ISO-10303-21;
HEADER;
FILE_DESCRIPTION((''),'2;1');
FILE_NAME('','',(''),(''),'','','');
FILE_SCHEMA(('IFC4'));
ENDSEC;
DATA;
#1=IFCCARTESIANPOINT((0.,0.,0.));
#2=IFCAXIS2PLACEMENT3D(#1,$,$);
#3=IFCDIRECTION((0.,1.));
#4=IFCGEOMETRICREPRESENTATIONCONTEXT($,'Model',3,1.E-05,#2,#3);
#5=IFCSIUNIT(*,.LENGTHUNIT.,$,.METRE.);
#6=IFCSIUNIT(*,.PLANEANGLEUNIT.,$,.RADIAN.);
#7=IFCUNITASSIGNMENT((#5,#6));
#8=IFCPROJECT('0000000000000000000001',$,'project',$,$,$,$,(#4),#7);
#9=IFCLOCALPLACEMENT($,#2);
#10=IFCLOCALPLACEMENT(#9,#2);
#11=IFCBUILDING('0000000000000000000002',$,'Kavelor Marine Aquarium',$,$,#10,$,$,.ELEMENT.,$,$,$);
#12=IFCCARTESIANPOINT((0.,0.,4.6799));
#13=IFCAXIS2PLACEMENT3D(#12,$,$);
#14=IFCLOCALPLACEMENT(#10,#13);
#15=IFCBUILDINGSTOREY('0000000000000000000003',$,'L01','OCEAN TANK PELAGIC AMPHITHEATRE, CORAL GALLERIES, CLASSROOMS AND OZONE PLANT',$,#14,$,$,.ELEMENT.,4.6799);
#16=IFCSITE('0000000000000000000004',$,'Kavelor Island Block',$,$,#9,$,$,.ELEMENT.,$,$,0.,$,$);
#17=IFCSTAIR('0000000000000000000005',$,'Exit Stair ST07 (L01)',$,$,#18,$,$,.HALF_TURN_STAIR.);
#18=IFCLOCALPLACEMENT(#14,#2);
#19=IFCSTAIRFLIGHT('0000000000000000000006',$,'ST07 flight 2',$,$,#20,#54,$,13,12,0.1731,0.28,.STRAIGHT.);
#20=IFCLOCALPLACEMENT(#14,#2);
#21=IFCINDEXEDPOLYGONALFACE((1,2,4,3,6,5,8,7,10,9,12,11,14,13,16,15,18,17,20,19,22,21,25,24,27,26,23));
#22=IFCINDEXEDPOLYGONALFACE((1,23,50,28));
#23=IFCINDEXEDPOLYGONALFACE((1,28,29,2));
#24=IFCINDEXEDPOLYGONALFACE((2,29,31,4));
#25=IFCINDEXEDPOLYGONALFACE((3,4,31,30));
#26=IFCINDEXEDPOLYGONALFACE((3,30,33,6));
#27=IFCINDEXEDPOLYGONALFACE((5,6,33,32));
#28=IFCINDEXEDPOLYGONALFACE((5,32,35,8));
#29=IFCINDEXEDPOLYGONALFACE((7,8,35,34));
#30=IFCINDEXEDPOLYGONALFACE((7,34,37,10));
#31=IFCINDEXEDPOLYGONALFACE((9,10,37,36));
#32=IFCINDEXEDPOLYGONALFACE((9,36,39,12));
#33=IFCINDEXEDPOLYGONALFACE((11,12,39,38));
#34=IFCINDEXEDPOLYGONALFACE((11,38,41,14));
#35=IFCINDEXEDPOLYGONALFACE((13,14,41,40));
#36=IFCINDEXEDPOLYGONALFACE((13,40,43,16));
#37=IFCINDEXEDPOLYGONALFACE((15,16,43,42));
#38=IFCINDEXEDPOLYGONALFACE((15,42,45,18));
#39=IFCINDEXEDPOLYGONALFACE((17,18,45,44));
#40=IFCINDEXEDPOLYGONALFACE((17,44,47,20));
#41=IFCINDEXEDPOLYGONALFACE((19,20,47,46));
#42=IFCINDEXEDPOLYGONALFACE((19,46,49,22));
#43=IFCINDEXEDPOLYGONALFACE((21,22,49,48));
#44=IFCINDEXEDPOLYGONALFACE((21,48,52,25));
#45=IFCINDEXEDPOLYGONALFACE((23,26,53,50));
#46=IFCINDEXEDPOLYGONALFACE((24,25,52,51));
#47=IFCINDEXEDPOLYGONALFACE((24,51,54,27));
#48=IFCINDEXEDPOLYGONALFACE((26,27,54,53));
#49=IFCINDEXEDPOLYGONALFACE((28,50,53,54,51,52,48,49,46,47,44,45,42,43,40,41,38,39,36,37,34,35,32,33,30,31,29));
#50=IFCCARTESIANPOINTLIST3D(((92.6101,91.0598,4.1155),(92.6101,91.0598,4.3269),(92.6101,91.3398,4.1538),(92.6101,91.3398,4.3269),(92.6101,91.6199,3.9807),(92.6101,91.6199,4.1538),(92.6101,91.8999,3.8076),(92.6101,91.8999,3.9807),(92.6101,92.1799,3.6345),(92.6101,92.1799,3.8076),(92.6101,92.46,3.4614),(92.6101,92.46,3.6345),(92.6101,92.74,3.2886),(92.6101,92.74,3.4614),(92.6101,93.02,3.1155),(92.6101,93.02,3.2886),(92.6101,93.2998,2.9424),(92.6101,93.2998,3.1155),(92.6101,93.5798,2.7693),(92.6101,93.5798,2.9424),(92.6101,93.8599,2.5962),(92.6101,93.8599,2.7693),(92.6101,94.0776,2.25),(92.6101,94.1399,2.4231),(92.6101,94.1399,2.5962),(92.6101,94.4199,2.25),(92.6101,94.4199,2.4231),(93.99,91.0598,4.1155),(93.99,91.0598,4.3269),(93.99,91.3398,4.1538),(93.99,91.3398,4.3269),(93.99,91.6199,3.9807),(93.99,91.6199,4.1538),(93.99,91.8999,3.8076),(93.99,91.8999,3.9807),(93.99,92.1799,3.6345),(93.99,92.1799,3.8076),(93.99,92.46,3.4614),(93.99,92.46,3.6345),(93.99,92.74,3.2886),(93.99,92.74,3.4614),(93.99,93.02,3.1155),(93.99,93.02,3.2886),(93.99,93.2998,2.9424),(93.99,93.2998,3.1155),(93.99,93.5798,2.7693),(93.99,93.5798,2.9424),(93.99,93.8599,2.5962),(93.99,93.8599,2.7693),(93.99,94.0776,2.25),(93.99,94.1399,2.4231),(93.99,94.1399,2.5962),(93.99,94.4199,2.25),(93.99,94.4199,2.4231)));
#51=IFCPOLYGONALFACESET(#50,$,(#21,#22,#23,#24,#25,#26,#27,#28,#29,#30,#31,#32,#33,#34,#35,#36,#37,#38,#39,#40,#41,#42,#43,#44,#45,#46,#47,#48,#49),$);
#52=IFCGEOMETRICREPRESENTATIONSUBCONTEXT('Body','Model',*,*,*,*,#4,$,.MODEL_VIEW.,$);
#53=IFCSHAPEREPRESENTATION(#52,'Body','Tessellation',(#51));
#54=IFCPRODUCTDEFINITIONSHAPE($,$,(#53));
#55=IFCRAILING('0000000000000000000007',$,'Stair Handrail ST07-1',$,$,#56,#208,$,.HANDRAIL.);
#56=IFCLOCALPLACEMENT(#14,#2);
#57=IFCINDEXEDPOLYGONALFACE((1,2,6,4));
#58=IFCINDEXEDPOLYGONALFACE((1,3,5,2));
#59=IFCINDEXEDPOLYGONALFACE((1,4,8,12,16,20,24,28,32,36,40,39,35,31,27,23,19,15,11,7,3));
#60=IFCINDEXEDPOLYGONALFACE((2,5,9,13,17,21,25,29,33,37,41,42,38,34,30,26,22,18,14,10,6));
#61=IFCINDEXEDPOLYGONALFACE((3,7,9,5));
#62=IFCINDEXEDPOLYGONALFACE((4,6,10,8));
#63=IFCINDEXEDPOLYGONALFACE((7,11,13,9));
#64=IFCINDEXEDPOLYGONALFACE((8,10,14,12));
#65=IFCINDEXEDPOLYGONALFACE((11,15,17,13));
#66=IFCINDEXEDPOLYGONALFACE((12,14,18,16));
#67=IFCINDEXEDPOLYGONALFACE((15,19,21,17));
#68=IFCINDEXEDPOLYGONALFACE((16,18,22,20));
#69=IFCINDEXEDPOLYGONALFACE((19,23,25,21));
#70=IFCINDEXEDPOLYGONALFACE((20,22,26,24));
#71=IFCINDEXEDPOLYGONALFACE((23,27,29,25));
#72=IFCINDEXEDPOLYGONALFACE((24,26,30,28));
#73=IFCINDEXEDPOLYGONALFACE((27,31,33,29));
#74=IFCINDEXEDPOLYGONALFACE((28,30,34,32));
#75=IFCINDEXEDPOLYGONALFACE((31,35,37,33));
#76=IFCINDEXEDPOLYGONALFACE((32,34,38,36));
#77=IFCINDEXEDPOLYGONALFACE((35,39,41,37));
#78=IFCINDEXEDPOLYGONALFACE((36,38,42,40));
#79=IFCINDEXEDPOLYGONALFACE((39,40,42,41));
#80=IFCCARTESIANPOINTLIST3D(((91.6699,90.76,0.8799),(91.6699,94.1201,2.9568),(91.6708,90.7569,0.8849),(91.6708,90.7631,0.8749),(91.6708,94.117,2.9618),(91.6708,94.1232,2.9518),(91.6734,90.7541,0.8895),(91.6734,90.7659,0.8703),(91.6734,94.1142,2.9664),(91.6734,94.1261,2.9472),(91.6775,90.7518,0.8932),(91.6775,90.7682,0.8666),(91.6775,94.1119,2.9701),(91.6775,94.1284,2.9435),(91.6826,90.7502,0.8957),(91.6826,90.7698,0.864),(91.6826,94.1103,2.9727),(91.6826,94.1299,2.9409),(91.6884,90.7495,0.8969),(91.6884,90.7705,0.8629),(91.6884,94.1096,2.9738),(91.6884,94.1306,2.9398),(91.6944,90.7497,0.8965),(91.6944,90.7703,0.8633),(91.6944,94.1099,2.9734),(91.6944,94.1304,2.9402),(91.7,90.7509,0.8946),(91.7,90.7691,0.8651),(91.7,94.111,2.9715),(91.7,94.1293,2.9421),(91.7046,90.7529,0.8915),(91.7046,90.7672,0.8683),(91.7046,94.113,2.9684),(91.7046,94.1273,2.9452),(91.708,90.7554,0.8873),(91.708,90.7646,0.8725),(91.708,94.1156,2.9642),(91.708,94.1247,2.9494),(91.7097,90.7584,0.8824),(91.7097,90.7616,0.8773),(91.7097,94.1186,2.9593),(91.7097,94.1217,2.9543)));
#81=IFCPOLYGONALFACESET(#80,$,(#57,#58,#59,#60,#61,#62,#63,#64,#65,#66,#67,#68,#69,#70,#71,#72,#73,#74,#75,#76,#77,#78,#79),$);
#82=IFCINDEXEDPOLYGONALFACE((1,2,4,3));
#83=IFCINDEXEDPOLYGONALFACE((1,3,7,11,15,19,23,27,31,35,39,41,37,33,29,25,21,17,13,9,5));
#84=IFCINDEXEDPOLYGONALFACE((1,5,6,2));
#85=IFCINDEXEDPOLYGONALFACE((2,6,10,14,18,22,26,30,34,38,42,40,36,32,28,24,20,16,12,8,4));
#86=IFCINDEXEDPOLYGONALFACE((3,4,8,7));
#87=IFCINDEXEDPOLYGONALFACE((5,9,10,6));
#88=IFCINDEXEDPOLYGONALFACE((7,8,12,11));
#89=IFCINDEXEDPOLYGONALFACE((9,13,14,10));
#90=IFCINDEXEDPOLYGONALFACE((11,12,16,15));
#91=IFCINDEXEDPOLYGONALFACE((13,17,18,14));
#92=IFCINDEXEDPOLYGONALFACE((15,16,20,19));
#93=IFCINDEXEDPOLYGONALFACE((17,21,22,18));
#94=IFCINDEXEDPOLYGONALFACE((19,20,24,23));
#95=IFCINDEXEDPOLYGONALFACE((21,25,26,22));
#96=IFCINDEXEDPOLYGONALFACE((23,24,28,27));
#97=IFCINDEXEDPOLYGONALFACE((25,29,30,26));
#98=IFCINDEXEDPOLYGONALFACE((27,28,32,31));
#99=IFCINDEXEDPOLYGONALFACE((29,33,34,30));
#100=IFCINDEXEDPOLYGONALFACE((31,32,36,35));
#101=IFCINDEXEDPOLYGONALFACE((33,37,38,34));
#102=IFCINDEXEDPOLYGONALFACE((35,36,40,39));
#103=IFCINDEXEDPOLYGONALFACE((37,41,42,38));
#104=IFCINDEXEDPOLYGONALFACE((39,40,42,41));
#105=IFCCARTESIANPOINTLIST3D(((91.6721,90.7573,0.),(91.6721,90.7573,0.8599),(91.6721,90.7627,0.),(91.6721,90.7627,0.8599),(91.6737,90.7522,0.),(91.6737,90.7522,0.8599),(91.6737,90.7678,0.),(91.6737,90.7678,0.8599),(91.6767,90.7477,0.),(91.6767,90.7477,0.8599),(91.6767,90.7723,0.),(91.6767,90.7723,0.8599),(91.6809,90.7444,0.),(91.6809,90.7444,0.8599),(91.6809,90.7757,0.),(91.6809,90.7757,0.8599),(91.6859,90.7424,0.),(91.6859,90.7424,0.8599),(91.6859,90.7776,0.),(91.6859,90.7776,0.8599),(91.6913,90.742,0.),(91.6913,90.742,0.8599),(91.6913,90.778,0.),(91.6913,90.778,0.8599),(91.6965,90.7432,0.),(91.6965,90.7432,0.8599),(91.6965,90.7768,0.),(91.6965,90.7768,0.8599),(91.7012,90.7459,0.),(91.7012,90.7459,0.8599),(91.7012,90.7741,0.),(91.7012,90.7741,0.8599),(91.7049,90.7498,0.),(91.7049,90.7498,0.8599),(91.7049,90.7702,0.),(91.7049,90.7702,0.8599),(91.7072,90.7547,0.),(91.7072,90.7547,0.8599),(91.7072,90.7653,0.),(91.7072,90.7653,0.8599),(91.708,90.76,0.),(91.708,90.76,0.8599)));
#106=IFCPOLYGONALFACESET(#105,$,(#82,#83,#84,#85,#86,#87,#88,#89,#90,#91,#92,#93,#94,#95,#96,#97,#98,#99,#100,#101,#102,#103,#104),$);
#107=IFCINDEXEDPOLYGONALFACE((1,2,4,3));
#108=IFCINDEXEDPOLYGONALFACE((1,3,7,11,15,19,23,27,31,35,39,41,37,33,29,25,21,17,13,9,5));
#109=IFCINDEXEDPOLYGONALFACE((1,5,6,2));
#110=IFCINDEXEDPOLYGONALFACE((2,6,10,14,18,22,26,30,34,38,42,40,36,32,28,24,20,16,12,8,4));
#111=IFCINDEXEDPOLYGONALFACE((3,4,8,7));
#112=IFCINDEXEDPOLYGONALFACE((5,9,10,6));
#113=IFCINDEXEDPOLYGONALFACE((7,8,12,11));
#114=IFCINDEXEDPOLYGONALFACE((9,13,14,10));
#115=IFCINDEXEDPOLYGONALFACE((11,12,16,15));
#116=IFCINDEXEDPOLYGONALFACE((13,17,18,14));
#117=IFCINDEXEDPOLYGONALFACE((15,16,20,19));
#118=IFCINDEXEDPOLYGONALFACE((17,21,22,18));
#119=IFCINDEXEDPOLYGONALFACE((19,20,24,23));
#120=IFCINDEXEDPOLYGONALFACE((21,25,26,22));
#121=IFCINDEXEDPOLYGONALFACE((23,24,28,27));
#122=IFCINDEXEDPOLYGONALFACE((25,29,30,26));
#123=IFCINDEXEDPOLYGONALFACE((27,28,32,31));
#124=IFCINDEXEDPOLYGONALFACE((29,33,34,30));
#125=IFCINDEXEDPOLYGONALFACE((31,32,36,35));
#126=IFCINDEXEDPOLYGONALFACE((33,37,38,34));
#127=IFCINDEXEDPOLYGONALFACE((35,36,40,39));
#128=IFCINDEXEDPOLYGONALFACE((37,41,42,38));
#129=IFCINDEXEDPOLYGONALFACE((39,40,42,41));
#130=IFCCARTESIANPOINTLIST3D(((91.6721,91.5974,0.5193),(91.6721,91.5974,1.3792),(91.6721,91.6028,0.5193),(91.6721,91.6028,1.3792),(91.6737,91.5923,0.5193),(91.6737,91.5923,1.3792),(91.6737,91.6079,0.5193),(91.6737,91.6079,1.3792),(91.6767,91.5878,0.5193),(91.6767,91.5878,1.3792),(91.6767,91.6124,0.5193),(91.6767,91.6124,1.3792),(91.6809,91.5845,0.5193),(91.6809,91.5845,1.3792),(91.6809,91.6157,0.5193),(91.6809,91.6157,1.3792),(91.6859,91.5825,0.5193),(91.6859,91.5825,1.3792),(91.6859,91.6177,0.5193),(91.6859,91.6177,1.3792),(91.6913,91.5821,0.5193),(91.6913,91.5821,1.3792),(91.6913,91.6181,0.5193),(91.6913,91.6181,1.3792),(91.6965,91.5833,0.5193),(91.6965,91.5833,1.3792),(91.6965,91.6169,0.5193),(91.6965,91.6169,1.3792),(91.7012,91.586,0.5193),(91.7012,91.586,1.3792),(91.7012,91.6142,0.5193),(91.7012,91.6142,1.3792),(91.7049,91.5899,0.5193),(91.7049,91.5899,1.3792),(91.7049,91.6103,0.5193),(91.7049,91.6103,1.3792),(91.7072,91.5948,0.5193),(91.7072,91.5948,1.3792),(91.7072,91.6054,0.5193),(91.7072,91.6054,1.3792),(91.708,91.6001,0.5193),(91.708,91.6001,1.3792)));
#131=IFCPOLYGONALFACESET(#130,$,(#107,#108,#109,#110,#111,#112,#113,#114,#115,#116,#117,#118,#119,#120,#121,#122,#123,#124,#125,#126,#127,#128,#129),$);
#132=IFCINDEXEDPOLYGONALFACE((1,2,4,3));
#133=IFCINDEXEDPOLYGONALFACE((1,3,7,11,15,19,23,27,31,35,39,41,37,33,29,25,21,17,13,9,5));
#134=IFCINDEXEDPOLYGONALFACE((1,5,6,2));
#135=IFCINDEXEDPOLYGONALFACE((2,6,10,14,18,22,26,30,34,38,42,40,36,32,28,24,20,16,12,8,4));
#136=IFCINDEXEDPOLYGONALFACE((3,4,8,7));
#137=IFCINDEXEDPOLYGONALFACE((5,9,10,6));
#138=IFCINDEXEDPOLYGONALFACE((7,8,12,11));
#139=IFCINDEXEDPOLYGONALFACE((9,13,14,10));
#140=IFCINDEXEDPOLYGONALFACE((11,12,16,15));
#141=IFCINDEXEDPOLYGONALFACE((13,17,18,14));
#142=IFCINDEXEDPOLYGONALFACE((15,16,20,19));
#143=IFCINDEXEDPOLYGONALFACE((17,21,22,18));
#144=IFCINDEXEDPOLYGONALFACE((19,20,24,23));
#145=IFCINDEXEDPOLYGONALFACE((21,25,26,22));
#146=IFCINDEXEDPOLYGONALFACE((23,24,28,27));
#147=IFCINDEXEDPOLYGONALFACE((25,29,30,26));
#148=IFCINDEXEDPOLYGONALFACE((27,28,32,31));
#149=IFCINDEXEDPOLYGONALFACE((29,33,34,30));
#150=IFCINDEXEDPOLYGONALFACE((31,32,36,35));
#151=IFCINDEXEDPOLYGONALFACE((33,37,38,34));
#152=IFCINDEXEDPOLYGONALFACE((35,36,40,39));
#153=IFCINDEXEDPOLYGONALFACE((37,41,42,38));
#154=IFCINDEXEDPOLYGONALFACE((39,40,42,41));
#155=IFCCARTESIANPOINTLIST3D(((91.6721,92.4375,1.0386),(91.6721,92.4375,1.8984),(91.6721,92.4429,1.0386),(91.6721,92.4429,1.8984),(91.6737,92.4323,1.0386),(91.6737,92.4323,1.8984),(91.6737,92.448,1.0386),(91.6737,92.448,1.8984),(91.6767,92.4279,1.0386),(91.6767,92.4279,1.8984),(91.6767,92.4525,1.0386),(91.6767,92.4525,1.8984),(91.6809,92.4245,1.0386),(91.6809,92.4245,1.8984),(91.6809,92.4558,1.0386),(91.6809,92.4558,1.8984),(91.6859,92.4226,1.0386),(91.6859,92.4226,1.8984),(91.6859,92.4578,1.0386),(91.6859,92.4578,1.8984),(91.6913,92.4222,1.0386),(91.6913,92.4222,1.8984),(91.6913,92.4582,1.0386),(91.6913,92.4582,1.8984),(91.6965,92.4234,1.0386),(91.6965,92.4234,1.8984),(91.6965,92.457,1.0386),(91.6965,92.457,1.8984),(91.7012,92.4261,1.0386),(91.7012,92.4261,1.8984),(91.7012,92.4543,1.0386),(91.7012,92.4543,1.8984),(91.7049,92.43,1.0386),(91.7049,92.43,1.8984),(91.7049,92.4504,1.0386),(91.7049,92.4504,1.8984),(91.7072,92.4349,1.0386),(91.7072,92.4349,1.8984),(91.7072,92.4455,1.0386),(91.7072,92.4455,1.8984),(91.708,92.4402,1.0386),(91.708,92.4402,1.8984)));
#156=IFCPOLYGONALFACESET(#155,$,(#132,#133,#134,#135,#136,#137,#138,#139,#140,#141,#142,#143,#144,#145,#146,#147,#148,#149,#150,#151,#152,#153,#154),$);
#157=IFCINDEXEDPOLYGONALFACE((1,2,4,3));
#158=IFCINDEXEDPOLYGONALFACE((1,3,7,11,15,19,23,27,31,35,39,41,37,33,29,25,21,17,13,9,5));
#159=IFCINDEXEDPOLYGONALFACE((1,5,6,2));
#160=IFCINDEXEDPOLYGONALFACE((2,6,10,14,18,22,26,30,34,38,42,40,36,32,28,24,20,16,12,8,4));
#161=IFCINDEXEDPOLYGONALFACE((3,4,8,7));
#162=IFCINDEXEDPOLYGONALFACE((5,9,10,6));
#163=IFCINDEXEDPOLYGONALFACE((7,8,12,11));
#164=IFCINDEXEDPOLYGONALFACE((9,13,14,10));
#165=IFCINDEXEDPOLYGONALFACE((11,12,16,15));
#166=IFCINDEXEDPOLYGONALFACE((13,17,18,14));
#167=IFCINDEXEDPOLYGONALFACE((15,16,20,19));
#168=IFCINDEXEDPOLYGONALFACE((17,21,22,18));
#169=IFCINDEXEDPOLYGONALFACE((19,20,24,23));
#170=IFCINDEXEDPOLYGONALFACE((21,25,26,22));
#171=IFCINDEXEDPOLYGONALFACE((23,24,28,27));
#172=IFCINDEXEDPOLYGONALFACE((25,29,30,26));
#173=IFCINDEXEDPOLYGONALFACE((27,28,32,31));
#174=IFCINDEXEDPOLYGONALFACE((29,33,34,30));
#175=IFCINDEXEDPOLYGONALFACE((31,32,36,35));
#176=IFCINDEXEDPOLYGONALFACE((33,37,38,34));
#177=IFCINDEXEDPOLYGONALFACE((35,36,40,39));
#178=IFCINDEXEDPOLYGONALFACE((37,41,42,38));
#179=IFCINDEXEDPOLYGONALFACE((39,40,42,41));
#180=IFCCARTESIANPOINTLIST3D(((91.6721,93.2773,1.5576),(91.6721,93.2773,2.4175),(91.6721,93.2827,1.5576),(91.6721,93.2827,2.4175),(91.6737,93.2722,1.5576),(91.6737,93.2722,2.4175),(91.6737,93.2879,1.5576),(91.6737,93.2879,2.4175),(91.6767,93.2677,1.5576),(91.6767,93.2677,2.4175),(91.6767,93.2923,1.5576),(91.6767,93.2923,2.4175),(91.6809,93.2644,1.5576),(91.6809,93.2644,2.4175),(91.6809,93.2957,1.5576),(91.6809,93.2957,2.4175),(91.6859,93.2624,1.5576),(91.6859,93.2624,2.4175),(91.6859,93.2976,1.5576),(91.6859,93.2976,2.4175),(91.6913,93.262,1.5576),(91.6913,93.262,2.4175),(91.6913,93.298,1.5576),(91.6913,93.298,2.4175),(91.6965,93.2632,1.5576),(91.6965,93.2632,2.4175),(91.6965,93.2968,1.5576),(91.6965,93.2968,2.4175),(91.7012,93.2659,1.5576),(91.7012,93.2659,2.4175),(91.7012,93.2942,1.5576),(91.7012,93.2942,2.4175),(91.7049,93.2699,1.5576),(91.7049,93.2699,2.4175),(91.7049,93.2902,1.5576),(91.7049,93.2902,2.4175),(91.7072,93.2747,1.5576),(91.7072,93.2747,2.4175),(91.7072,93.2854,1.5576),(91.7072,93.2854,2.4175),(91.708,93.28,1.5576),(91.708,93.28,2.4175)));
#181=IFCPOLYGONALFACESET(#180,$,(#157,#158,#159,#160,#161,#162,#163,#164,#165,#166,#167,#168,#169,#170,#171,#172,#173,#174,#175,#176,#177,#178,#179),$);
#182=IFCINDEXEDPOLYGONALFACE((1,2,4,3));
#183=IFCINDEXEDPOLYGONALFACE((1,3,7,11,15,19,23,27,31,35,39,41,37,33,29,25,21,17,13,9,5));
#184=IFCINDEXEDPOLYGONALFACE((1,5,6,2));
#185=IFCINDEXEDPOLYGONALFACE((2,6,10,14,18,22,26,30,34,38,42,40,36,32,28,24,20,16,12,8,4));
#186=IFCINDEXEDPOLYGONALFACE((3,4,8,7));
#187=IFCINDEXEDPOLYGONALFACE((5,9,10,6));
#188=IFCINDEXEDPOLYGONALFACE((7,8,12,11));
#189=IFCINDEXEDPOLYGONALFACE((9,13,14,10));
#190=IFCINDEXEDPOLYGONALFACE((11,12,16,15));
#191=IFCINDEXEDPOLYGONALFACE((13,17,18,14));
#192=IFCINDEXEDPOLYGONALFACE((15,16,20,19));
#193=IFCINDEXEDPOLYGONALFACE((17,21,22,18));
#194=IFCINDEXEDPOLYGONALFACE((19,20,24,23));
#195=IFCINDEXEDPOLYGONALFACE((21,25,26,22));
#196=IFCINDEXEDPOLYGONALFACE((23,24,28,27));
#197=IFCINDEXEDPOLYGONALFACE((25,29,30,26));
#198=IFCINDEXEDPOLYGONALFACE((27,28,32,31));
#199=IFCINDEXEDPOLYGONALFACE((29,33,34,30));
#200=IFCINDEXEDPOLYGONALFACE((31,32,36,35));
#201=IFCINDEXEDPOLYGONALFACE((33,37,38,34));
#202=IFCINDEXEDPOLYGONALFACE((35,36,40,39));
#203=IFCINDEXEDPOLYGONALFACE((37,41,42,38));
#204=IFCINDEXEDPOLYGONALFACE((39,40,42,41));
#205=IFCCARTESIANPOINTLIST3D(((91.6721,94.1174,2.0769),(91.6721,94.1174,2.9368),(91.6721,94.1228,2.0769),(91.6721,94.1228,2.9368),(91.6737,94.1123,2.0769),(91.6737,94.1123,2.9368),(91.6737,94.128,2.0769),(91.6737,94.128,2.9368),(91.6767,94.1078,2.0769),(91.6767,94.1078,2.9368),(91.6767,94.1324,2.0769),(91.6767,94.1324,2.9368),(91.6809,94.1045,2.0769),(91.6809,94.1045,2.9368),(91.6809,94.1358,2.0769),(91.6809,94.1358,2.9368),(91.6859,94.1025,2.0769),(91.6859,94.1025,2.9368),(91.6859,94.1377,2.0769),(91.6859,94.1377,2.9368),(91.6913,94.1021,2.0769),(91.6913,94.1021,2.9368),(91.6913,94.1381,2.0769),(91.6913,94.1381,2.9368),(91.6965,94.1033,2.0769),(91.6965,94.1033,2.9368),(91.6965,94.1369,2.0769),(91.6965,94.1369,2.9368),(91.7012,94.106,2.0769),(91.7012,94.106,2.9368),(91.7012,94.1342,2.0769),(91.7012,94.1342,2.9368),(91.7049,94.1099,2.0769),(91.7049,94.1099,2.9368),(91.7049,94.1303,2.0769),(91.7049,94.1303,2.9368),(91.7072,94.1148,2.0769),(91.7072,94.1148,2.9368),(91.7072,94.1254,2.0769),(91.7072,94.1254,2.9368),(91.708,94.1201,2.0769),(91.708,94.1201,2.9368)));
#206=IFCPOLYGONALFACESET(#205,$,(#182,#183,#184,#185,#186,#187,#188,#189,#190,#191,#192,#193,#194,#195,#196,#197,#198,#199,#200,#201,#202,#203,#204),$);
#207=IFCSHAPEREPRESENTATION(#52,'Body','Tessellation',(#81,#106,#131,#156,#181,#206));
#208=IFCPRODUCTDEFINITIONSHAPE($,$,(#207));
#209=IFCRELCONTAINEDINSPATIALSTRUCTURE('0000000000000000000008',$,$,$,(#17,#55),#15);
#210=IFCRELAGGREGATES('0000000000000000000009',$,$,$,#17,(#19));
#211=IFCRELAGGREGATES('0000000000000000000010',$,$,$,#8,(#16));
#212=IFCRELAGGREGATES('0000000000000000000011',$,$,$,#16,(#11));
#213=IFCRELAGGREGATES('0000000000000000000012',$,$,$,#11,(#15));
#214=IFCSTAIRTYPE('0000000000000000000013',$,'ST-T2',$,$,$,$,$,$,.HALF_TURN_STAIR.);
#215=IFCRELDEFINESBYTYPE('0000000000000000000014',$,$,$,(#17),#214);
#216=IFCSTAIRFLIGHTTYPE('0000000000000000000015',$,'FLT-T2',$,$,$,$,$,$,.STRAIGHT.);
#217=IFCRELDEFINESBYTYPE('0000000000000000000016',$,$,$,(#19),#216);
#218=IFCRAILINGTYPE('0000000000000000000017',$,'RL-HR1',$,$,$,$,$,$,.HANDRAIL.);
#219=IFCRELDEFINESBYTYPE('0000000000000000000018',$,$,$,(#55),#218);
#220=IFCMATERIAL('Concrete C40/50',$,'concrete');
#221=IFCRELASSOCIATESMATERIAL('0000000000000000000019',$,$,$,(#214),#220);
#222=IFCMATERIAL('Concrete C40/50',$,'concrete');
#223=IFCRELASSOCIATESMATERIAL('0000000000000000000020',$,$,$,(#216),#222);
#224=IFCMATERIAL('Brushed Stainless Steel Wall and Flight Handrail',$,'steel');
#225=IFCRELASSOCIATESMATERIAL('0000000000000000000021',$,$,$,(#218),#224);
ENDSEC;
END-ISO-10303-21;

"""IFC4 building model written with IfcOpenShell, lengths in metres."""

from ifc_helpers import new_model, si_unit, direction, frame, origin, origin_2d, place, context, subcontext, project, spatial, polyline, circle, outline, extrude, material, type_object, element, aggregate, save


model = new_model("IFC4")

# Units and contexts
model_context = context("Model", 3, precision=1e-05, world=origin(), true_north=direction((0.0, 1.0)))
body_context = subcontext(model_context, "Body", "Model", "MODEL_VIEW")
ifc_project = project(units=[si_unit("LENGTHUNIT", "METRE"), si_unit("PLANEANGLEUNIT", "RADIAN")], contexts=[model_context])

# Site, building, storey
site_placement = place(None, origin())
site = spatial("IfcSite", under=ifc_project, at=site_placement, Name="Kavelor Island Block", CompositionType="ELEMENT", RefElevation=0.0)
building_placement = place(site_placement, origin())
building = spatial("IfcBuilding", under=site, at=building_placement, Name="Kavelor Marine Aquarium", CompositionType="ELEMENT")
storey_placement = place(building_placement, frame((0.0, 0.0, 4.6799)))
storey = spatial("IfcBuildingStorey", under=building, at=storey_placement, Name="L01", Description="OCEAN TANK PELAGIC AMPHITHEATRE, CORAL GALLERIES, CLASSROOMS AND OZONE PLANT", CompositionType="ELEMENT", Elevation=4.6799)

# Stair, stair flight
ifc_material_1 = material(Name="Concrete C40/50", Category="concrete")
stair_type = type_object("IfcStairType", Name="ST-T2", PredefinedType="HALF_TURN_STAIR", material=ifc_material_1)
stair_placement = place(storey_placement, origin())
stair = element("IfcStair", 1, at=stair_placement, inside=storey, type_object=stair_type, Name="Exit Stair ST07 (L01)", PredefinedType="HALF_TURN_STAIR")
ifc_material_2 = material(Name="Concrete C40/50", Category="concrete")
stair_flight_type = type_object("IfcStairFlightType", Name="FLT-T2", PredefinedType="STRAIGHT", material=ifc_material_2)
stair_flight_1_placement = place(storey_placement, frame((93.3, 94.4199, 2.25), z_axis=(0.0, 0.0, 1.0), x_axis=(0.0, -1.0, 0.0)))
stair_flight_1 = element("IfcStairFlight", 2, at=stair_flight_1_placement, type_object=stair_flight_type, Name="ST07 flight 2", NumberOfRisers=13, NumberOfTreads=12, PredefinedType="STRAIGHT", RiserHeight=0.1731, TreadLength=0.28, context=body_context, shape_type="SweptSolid", body=[
    extrude(outline(polyline([(0.0, 0.0), (0.0, 0.1731), (0.28, 0.1731), (0.28, 0.3462), (0.5601, 0.3462), (0.5601, 0.5193), (0.8401, 0.5193), (0.8401, 0.6924), (1.1201, 0.6924), (1.1201, 0.8655), (1.3999, 0.8655), (1.3999, 1.0386), (1.6799, 1.0386), (1.6799, 1.2114), (1.96, 1.2114), (1.96, 1.3845), (2.24, 1.3845), (2.24, 1.5576), (2.52, 1.5576), (2.52, 1.7307), (2.8, 1.7307), (2.8, 1.9038), (3.0801, 1.9038), (3.0801, 2.0769), (3.3601, 2.0769), (3.3601, 2.25), (3.3601, 1.8655), (0.3423, 0.0), (0.0, 0.0)])), frame((0.0, 0.6899, 0.0), z_axis=(0.0, -1.0, 0.0), x_axis=(1.0, 0.0, 0.0)), (0.0, 0.0, 1.0), 1.3799),
])
aggregate(stair, [stair_flight_1])

# Railing
ifc_material_3 = material(Name="Brushed Stainless Steel Wall and Flight Handrail", Category="steel")
railing_type_1 = type_object("IfcRailingType", Name="RL-HR1", PredefinedType="HANDRAIL", material=ifc_material_3)
railing_1_placement = place(storey_placement, frame((91.6899, 90.76, 0.0)))
element("IfcRailing", 3, at=railing_1_placement, inside=storey, type_object=railing_type_1, Name="Stair Handrail ST07-1", PredefinedType="HANDRAIL", context=body_context, shape_type="SweptSolid", body=[
    extrude(circle(Radius=0.02, at=origin_2d()), frame((0.0, 0.0, 0.8799), z_axis=(0.0, 0.850623, 0.525776), x_axis=(-1.0, 0.0, 0.0)), (0.0, 0.0, 1.0), 3.9502),
    extrude(circle(Radius=0.0181, at=origin_2d()), origin(), (0.0, 0.0, 1.0), 0.8599),
    extrude(circle(Radius=0.0181, at=origin_2d()), frame((0.0, 0.8401, 0.5193)), (0.0, 0.0, 1.0), 0.8599),
    extrude(circle(Radius=0.0181, at=origin_2d()), frame((0.0, 1.6802, 1.0386)), (0.0, 0.0, 1.0), 0.8599),
    extrude(circle(Radius=0.0181, at=origin_2d()), frame((0.0, 2.52, 1.5576)), (0.0, 0.0, 1.0), 0.8599),
    extrude(circle(Radius=0.0181, at=origin_2d()), frame((0.0, 3.3601, 2.0769)), (0.0, 0.0, 1.0), 0.8599),
])

save(model, "model.ifc")
